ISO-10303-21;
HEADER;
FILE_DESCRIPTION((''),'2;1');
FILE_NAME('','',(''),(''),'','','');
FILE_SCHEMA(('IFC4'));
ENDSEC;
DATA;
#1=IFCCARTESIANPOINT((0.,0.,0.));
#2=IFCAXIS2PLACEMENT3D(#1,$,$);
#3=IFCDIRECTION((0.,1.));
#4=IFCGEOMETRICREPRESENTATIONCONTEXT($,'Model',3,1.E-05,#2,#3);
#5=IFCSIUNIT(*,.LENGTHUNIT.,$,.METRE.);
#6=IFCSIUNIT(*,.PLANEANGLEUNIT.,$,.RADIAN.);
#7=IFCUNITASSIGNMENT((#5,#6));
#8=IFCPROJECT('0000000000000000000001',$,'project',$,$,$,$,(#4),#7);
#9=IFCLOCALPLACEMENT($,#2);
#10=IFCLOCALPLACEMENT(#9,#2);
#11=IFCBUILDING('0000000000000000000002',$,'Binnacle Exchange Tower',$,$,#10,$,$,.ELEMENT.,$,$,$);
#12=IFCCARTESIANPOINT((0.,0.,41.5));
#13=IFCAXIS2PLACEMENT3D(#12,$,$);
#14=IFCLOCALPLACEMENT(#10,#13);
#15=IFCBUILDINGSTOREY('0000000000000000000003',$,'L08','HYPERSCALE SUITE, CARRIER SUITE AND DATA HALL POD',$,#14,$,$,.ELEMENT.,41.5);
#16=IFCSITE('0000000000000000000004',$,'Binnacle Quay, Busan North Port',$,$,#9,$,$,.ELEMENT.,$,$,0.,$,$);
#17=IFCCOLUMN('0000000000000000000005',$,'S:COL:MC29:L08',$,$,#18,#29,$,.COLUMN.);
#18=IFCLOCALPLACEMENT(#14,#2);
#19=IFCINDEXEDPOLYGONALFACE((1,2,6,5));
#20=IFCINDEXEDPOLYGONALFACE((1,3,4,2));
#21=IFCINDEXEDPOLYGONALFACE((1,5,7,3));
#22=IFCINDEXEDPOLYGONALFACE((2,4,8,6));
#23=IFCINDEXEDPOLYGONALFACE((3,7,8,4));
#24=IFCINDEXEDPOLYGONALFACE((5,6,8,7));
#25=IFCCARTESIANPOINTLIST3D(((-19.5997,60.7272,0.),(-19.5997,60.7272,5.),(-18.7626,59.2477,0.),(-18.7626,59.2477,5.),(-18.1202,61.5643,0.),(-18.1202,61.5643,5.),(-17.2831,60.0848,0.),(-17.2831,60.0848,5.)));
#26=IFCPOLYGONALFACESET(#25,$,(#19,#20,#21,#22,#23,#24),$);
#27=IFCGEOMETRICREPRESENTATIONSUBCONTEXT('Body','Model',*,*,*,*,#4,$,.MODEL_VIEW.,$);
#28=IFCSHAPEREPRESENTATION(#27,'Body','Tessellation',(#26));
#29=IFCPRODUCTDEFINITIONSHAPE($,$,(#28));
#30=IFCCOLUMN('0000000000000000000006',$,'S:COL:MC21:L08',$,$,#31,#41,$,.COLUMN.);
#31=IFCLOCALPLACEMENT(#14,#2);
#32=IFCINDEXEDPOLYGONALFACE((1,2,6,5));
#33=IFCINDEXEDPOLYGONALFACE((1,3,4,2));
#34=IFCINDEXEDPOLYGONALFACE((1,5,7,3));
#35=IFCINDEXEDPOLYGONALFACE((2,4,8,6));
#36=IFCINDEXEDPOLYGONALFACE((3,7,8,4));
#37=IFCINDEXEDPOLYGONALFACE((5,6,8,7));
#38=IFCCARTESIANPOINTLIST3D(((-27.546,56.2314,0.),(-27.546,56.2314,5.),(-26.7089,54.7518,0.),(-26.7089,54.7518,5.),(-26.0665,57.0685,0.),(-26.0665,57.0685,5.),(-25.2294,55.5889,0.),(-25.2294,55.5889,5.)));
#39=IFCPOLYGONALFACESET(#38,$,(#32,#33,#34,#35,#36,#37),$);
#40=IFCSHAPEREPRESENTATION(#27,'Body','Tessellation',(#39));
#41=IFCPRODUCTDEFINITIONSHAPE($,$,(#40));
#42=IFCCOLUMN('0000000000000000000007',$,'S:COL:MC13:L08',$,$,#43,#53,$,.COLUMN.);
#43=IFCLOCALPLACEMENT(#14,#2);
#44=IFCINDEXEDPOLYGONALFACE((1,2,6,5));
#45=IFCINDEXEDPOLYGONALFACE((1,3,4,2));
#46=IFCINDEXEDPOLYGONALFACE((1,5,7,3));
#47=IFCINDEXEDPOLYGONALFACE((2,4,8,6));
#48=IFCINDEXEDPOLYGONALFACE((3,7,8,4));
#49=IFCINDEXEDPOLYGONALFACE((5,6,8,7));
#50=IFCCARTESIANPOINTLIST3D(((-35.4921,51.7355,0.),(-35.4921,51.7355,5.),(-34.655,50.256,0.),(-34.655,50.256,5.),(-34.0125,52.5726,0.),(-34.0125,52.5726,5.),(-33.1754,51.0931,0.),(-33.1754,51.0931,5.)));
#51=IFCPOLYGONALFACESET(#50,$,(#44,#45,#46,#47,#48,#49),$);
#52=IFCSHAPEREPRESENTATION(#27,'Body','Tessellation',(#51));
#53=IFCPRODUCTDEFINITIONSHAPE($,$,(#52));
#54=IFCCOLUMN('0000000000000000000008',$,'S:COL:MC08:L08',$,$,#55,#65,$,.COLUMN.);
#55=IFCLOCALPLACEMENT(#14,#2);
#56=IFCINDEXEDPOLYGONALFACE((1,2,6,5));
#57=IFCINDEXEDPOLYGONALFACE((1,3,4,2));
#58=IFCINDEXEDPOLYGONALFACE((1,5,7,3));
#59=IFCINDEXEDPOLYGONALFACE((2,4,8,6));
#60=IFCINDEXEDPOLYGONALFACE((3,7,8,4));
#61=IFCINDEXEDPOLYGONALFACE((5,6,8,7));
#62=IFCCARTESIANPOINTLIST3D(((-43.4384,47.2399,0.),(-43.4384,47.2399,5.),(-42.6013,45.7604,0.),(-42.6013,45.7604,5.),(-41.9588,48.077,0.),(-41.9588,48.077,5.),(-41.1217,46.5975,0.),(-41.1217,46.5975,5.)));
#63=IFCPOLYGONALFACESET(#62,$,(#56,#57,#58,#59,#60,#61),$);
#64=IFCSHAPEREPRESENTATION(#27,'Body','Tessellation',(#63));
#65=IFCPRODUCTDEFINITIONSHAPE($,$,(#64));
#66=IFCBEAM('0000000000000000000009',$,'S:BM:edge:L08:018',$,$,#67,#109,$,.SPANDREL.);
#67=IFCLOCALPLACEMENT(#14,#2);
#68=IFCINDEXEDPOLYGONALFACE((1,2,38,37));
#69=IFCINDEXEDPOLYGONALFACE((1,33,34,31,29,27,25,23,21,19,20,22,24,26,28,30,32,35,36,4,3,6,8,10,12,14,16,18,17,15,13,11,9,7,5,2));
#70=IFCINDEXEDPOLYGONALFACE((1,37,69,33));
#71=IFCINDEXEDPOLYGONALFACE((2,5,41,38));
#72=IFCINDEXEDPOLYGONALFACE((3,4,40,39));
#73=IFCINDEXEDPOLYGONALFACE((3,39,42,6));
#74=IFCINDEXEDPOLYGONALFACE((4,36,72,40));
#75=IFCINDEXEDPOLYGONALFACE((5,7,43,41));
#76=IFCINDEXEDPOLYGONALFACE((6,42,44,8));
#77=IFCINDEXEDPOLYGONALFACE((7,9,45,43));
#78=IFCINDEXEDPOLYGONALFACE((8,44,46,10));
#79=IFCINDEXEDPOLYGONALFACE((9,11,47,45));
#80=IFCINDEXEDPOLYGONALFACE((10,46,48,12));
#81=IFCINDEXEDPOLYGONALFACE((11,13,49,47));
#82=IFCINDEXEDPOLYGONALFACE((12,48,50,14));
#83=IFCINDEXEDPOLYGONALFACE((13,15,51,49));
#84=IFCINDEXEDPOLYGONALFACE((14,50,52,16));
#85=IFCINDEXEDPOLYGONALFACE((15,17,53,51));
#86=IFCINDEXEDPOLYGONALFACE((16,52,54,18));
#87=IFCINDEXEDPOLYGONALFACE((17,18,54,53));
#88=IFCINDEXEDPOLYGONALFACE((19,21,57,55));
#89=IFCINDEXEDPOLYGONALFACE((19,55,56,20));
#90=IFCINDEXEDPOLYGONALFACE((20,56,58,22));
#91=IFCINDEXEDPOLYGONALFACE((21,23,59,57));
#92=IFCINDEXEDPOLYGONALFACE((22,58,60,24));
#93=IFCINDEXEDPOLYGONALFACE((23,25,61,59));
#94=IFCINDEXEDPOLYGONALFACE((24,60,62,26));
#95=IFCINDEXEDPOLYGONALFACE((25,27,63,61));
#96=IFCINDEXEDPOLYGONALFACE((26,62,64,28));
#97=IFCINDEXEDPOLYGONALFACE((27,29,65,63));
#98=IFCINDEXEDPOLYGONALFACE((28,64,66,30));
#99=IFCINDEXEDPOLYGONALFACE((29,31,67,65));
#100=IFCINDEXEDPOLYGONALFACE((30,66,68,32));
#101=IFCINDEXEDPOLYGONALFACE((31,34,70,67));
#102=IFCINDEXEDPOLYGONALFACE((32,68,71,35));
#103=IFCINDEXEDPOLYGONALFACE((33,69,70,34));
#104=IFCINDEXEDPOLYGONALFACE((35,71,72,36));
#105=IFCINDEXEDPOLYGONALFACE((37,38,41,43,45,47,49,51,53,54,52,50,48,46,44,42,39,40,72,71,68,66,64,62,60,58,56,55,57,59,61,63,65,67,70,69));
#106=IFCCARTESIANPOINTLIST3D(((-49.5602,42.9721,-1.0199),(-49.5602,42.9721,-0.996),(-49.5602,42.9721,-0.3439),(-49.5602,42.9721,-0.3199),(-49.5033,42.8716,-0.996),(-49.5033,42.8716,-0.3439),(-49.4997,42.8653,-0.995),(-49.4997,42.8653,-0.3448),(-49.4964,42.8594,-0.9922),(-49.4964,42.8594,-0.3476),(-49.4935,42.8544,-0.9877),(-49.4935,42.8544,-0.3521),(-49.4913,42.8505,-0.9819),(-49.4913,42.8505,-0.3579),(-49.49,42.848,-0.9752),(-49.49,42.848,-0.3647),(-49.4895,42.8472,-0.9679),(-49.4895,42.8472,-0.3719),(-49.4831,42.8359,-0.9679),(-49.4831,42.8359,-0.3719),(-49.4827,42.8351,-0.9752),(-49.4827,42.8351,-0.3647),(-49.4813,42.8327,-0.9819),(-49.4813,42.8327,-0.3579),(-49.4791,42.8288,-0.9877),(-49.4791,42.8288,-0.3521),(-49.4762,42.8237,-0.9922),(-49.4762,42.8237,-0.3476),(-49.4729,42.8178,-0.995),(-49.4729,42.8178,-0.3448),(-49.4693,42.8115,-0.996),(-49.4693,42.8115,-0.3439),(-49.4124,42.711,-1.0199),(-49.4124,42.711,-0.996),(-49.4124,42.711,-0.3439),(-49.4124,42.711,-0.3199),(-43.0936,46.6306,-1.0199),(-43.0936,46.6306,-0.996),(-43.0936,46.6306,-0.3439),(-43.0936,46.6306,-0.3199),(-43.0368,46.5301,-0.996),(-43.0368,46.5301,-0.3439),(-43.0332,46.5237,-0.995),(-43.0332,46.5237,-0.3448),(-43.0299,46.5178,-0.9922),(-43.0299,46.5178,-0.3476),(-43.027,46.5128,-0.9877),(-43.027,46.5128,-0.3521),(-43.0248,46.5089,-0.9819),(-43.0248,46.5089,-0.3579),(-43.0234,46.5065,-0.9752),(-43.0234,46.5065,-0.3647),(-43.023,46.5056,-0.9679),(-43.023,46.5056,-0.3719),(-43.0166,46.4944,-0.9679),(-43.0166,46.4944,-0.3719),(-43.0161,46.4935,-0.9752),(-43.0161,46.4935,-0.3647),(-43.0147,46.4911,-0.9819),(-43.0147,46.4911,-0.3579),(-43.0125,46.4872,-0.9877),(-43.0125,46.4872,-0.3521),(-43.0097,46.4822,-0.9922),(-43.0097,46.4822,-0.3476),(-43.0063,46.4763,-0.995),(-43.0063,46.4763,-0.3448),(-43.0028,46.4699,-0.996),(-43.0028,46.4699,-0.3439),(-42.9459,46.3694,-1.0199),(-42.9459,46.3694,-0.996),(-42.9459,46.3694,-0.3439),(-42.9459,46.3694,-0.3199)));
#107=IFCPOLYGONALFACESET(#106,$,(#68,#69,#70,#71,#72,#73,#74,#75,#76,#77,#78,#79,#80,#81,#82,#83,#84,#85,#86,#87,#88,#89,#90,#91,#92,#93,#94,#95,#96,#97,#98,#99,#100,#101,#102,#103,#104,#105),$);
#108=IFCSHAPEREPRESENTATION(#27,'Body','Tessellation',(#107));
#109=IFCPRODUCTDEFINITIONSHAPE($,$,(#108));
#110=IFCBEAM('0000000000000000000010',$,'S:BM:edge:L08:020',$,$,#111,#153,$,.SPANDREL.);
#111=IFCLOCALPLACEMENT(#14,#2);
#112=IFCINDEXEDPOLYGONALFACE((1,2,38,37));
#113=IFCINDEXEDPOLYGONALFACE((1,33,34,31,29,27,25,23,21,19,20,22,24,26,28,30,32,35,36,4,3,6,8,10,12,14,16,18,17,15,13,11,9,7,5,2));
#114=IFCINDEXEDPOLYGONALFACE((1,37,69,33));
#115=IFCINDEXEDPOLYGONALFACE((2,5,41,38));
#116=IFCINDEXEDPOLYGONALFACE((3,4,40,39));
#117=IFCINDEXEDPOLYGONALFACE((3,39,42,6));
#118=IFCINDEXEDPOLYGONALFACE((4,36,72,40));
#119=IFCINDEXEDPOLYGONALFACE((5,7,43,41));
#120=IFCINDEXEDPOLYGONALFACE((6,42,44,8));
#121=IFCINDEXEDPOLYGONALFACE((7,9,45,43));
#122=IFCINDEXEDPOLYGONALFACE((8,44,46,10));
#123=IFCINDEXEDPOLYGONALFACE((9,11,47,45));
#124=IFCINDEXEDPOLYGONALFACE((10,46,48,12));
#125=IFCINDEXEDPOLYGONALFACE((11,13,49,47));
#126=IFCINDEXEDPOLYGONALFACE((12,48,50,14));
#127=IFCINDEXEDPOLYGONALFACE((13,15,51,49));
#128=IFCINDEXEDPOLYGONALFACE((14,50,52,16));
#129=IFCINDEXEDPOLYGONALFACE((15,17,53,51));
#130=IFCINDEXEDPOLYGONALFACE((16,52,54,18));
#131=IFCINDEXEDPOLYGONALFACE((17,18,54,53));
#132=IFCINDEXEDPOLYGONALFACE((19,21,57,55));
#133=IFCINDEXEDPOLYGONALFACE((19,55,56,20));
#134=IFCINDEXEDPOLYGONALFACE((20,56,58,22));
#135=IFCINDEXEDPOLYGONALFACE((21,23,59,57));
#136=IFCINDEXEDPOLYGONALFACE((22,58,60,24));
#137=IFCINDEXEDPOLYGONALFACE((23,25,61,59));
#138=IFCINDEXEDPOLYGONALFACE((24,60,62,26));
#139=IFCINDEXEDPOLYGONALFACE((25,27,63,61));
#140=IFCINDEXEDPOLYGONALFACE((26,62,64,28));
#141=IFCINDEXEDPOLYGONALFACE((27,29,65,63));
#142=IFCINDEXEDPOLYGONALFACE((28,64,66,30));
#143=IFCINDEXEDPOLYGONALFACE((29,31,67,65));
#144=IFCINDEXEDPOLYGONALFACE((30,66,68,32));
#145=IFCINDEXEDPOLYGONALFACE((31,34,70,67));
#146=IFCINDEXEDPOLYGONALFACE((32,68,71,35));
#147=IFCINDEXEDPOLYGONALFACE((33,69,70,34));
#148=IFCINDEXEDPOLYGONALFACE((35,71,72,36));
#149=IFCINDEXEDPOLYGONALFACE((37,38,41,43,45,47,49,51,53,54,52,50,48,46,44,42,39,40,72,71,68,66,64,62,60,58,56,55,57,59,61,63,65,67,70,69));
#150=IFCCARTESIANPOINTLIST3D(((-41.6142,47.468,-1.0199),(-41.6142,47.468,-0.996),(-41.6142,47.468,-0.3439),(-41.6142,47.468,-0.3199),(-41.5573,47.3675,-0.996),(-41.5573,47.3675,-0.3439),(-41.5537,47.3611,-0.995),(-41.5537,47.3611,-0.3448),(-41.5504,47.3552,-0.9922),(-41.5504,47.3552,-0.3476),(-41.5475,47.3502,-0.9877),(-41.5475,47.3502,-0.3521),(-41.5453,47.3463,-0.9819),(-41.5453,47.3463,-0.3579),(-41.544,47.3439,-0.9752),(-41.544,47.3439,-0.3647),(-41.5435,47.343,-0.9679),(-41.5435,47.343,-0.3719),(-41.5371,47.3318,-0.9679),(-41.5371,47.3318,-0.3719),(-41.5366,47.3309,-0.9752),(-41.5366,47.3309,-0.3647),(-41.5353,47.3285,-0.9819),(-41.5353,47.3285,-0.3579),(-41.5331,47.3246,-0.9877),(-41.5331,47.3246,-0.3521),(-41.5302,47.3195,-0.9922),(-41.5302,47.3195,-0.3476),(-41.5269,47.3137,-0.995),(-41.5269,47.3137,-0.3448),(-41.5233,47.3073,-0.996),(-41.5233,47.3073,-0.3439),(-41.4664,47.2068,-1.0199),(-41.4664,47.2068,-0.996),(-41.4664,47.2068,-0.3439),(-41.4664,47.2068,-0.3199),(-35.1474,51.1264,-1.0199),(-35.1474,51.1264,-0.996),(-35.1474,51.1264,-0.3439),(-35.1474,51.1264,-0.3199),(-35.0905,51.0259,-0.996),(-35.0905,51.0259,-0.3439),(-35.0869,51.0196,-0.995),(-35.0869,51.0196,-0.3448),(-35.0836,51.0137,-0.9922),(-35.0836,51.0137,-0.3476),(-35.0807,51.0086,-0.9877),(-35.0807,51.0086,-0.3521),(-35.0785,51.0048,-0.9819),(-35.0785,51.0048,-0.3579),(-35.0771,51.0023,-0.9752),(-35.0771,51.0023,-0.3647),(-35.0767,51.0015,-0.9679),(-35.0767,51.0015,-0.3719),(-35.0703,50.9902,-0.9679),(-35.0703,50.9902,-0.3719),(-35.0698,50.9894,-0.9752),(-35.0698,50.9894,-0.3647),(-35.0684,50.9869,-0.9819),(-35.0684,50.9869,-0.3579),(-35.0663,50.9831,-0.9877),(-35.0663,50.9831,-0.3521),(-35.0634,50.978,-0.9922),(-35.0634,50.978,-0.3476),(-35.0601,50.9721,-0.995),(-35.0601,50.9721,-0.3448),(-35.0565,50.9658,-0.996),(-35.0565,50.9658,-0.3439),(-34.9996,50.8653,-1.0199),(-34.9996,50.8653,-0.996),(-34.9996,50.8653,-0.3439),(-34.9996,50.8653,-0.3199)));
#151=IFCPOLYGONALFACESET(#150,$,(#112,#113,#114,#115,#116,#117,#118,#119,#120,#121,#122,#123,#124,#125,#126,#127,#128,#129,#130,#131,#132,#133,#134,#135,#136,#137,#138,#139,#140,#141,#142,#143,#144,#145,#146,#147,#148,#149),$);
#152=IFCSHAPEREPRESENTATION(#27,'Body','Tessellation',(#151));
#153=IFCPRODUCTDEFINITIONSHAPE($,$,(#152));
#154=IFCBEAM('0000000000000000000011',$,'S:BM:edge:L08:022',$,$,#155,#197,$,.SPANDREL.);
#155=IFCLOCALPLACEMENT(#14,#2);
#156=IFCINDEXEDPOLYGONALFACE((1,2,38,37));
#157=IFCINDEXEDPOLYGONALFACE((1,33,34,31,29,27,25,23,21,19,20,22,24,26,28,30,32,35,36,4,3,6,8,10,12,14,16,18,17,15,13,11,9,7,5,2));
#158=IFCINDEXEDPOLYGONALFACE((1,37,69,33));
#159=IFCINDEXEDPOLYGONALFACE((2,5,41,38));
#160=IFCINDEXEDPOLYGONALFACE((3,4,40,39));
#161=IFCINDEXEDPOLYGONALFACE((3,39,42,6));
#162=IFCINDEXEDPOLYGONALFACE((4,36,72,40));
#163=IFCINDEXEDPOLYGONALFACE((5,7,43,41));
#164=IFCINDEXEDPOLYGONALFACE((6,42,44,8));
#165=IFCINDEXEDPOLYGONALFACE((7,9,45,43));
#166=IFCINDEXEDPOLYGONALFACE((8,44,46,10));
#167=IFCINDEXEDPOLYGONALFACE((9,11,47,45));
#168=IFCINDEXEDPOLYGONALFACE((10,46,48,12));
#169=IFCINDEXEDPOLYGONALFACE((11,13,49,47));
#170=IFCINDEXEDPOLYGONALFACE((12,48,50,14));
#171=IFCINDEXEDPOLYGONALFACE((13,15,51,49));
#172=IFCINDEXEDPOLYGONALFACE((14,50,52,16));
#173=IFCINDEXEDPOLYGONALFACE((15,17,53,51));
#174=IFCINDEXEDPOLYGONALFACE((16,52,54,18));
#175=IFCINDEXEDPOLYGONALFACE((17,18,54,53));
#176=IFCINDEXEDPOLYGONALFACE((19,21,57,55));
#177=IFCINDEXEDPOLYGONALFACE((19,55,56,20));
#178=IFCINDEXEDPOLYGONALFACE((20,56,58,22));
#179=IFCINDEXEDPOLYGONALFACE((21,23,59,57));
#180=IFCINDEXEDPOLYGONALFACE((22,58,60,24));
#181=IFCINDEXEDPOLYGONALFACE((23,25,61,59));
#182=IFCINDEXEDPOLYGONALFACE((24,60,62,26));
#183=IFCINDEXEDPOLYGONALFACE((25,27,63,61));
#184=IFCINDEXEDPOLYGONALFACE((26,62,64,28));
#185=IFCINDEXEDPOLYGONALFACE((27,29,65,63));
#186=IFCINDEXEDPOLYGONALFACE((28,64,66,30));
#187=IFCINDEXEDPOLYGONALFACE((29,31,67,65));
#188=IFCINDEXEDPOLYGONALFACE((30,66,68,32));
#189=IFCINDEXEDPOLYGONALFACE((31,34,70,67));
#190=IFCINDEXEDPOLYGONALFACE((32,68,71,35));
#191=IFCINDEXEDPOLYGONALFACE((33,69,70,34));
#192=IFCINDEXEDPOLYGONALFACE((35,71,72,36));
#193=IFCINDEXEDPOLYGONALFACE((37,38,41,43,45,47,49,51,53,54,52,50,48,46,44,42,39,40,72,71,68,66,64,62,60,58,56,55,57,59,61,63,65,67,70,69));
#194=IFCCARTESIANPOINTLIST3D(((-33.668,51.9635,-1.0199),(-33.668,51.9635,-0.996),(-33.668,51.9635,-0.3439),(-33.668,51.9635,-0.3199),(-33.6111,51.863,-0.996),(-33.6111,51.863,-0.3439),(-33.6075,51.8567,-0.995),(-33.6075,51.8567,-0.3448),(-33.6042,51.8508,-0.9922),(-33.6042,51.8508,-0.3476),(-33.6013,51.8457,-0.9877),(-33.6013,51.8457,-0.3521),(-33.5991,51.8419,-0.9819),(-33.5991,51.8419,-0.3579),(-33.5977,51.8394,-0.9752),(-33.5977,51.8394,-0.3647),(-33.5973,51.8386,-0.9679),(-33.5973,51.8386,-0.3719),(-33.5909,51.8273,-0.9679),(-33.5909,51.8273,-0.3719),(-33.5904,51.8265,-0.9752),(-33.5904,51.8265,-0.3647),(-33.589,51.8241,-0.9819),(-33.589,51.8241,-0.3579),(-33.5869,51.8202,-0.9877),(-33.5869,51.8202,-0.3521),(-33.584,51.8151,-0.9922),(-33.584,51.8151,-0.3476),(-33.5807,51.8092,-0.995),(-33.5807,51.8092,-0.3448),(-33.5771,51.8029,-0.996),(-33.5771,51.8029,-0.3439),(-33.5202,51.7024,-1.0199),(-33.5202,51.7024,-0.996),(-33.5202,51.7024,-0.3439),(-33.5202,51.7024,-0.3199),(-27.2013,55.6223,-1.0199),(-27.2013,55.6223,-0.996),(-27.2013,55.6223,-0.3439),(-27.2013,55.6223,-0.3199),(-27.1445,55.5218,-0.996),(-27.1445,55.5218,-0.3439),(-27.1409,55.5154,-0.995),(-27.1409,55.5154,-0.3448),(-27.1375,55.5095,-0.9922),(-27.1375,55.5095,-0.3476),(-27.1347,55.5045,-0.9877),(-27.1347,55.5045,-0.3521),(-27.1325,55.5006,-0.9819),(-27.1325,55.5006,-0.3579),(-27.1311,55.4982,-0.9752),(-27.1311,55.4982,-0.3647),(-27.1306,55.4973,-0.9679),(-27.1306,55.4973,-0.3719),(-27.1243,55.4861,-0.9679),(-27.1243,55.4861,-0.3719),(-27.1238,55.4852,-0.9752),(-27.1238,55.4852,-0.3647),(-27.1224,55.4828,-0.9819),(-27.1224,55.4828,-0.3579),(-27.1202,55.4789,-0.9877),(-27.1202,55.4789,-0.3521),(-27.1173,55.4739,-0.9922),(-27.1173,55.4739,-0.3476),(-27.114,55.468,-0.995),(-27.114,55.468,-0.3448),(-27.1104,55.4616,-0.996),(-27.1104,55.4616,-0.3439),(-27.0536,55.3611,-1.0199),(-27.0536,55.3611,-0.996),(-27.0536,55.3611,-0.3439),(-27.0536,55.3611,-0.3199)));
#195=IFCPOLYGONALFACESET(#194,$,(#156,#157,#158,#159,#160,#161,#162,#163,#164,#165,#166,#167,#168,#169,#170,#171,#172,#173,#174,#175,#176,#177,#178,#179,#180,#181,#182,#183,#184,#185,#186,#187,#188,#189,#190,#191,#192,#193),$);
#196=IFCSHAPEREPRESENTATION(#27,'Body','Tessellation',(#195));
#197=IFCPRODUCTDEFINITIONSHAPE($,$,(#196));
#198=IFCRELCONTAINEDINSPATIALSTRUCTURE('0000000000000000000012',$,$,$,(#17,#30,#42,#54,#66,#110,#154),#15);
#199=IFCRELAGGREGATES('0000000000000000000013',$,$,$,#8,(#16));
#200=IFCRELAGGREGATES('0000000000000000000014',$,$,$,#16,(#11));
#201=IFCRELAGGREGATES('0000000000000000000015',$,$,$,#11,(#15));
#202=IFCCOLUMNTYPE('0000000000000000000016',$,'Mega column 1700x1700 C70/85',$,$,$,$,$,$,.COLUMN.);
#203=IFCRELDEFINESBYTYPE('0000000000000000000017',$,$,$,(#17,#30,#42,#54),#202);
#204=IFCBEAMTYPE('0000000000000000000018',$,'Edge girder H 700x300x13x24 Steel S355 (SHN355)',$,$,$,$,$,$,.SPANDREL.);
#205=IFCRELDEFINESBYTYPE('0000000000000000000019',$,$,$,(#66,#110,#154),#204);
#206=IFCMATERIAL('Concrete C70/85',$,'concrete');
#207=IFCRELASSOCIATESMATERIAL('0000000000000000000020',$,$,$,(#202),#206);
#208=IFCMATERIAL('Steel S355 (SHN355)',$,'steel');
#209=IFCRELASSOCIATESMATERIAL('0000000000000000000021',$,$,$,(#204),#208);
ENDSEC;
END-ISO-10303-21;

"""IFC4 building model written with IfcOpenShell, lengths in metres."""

from ifc_helpers import new_model, si_unit, direction, frame, origin, origin_2d, place, context, subcontext, project, spatial, rectangle, i_section, extrude, material, material_profile, profile_set, type_object, element, save


model = new_model("IFC4")

# Units and contexts
model_context = context("Model", 3, precision=1e-05, world=origin(), true_north=direction((0.0, 1.0)))
body_context = subcontext(model_context, "Body", "Model", "MODEL_VIEW")
ifc_project = project(units=[si_unit("LENGTHUNIT", "METRE"), si_unit("PLANEANGLEUNIT", "RADIAN")], contexts=[model_context])

# Site, building, storey
site_placement = place(None, origin())
site = spatial("IfcSite", under=ifc_project, at=site_placement, Name="Binnacle Quay, Busan North Port", CompositionType="ELEMENT", RefElevation=0.0)
building_placement = place(site_placement, origin())
building = spatial("IfcBuilding", under=site, at=building_placement, Name="Binnacle Exchange Tower", CompositionType="ELEMENT")
storey_placement = place(building_placement, frame((0.0, 0.0, 41.5)))
storey = spatial("IfcBuildingStorey", under=building, at=storey_placement, Name="L08", Description="HYPERSCALE SUITE, CARRIER SUITE AND DATA HALL POD", CompositionType="ELEMENT", Elevation=41.5)

# Columns
ifc_material_1 = material(Name="Concrete C70/85", Category="concrete")
ifc_material_profile_1 = material_profile(ifc_material_1, rectangle(XDim=1.7, YDim=1.7, at=origin_2d()), Name="Mega column 1700x1700 C70/85")
ifc_profile_set_1 = profile_set([ifc_material_profile_1], Name="Concrete C70/85")
column_type = type_object("IfcColumnType", Name="Mega column 1700x1700 C70/85", PredefinedType="COLUMN", material=ifc_profile_set_1)
for number, where, z_axis, x_axis, name in (
    (1, (-18.4414, 60.406, 0.0), (0.0, 0.0, 1.0), (-0.870356, -0.492424, 0.0), "S:COL:MC29:L08"),
    (2, (-26.3877, 55.9102, 0.0), (0.0, 0.0, 1.0), (-0.870356, -0.492424, 0.0), "S:COL:MC21:L08"),
    (3, (-34.3337, 51.4143, 0.0), (0.0, 0.0, 1.0), (-0.870356, -0.492424, 0.0), "S:COL:MC13:L08"),
    (4, (-42.28, 46.9187, 0.0), (0.0, 0.0, 1.0), (-0.870356, -0.492424, 0.0), "S:COL:MC08:L08"),
):
    element("IfcColumn", number, at=place(storey_placement, frame(where, z_axis=z_axis, x_axis=x_axis)), inside=storey, type_object=column_type, Name=name, PredefinedType="COLUMN", context=body_context, shape_type="SweptSolid", body=[
        extrude(rectangle(XDim=1.7, YDim=1.7, at=origin_2d()), origin(), (0.0, 0.0, 1.0), 5.0),
    ])

# Beams
ifc_material_2 = material(Name="Steel S355 (SHN355)", Category="steel")
ifc_material_profile_2 = material_profile(ifc_material_2, i_section(OverallWidth=0.3, OverallDepth=0.7, WebThickness=0.0129, FlangeThickness=0.0239, FilletRadius=0.0281, at=origin_2d()), Name="H 700x300x13x24")
ifc_profile_set_2 = profile_set([ifc_material_profile_2], Name="Steel S355 (SHN355)")
beam_type_1 = type_object("IfcBeamType", Name="Edge girder H 700x300x13x24 Steel S355 (SHN355)", PredefinedType="SPANDREL", material=ifc_profile_set_2)
beam_1_placement = place(storey_placement, frame((-43.0198, 46.5, -0.6699), z_axis=(-0.870364, -0.492408, 0.0), x_axis=(0.492408, -0.870364, 0.0)))
element("IfcBeam", 5, at=beam_1_placement, inside=storey, type_object=beam_type_1, Name="S:BM:edge:L08:018", PredefinedType="SPANDREL", context=body_context, shape_type="SweptSolid", body=[
    extrude(i_section(OverallWidth=0.3, OverallDepth=0.7, WebThickness=0.0129, FlangeThickness=0.0239, FilletRadius=0.0281, at=origin_2d()), origin(), (0.0, 0.0, 1.0), 7.4297),
])
for number, where, z_axis, x_axis, name in (
    (6, (-35.0735, 50.9958, -0.6699), (-0.870372, -0.492394, 0.0), (0.492394, -0.870372, 0.0), "S:BM:edge:L08:020"),
    (7, (-27.1274, 55.4917, -0.6699), (-0.87035, -0.492433, 0.0), (0.492433, -0.87035, 0.0), "S:BM:edge:L08:022"),
):
    element("IfcBeam", number, at=place(storey_placement, frame(where, z_axis=z_axis, x_axis=x_axis)), inside=storey, type_object=beam_type_1, Name=name, PredefinedType="SPANDREL", context=body_context, shape_type="SweptSolid", body=[
        extrude(i_section(OverallWidth=0.3, OverallDepth=0.7, WebThickness=0.0129, FlangeThickness=0.0239, FilletRadius=0.0281, at=origin_2d()), origin(), (0.0, 0.0, 1.0), 7.4299),
    ])

save(model, "model.ifc")
